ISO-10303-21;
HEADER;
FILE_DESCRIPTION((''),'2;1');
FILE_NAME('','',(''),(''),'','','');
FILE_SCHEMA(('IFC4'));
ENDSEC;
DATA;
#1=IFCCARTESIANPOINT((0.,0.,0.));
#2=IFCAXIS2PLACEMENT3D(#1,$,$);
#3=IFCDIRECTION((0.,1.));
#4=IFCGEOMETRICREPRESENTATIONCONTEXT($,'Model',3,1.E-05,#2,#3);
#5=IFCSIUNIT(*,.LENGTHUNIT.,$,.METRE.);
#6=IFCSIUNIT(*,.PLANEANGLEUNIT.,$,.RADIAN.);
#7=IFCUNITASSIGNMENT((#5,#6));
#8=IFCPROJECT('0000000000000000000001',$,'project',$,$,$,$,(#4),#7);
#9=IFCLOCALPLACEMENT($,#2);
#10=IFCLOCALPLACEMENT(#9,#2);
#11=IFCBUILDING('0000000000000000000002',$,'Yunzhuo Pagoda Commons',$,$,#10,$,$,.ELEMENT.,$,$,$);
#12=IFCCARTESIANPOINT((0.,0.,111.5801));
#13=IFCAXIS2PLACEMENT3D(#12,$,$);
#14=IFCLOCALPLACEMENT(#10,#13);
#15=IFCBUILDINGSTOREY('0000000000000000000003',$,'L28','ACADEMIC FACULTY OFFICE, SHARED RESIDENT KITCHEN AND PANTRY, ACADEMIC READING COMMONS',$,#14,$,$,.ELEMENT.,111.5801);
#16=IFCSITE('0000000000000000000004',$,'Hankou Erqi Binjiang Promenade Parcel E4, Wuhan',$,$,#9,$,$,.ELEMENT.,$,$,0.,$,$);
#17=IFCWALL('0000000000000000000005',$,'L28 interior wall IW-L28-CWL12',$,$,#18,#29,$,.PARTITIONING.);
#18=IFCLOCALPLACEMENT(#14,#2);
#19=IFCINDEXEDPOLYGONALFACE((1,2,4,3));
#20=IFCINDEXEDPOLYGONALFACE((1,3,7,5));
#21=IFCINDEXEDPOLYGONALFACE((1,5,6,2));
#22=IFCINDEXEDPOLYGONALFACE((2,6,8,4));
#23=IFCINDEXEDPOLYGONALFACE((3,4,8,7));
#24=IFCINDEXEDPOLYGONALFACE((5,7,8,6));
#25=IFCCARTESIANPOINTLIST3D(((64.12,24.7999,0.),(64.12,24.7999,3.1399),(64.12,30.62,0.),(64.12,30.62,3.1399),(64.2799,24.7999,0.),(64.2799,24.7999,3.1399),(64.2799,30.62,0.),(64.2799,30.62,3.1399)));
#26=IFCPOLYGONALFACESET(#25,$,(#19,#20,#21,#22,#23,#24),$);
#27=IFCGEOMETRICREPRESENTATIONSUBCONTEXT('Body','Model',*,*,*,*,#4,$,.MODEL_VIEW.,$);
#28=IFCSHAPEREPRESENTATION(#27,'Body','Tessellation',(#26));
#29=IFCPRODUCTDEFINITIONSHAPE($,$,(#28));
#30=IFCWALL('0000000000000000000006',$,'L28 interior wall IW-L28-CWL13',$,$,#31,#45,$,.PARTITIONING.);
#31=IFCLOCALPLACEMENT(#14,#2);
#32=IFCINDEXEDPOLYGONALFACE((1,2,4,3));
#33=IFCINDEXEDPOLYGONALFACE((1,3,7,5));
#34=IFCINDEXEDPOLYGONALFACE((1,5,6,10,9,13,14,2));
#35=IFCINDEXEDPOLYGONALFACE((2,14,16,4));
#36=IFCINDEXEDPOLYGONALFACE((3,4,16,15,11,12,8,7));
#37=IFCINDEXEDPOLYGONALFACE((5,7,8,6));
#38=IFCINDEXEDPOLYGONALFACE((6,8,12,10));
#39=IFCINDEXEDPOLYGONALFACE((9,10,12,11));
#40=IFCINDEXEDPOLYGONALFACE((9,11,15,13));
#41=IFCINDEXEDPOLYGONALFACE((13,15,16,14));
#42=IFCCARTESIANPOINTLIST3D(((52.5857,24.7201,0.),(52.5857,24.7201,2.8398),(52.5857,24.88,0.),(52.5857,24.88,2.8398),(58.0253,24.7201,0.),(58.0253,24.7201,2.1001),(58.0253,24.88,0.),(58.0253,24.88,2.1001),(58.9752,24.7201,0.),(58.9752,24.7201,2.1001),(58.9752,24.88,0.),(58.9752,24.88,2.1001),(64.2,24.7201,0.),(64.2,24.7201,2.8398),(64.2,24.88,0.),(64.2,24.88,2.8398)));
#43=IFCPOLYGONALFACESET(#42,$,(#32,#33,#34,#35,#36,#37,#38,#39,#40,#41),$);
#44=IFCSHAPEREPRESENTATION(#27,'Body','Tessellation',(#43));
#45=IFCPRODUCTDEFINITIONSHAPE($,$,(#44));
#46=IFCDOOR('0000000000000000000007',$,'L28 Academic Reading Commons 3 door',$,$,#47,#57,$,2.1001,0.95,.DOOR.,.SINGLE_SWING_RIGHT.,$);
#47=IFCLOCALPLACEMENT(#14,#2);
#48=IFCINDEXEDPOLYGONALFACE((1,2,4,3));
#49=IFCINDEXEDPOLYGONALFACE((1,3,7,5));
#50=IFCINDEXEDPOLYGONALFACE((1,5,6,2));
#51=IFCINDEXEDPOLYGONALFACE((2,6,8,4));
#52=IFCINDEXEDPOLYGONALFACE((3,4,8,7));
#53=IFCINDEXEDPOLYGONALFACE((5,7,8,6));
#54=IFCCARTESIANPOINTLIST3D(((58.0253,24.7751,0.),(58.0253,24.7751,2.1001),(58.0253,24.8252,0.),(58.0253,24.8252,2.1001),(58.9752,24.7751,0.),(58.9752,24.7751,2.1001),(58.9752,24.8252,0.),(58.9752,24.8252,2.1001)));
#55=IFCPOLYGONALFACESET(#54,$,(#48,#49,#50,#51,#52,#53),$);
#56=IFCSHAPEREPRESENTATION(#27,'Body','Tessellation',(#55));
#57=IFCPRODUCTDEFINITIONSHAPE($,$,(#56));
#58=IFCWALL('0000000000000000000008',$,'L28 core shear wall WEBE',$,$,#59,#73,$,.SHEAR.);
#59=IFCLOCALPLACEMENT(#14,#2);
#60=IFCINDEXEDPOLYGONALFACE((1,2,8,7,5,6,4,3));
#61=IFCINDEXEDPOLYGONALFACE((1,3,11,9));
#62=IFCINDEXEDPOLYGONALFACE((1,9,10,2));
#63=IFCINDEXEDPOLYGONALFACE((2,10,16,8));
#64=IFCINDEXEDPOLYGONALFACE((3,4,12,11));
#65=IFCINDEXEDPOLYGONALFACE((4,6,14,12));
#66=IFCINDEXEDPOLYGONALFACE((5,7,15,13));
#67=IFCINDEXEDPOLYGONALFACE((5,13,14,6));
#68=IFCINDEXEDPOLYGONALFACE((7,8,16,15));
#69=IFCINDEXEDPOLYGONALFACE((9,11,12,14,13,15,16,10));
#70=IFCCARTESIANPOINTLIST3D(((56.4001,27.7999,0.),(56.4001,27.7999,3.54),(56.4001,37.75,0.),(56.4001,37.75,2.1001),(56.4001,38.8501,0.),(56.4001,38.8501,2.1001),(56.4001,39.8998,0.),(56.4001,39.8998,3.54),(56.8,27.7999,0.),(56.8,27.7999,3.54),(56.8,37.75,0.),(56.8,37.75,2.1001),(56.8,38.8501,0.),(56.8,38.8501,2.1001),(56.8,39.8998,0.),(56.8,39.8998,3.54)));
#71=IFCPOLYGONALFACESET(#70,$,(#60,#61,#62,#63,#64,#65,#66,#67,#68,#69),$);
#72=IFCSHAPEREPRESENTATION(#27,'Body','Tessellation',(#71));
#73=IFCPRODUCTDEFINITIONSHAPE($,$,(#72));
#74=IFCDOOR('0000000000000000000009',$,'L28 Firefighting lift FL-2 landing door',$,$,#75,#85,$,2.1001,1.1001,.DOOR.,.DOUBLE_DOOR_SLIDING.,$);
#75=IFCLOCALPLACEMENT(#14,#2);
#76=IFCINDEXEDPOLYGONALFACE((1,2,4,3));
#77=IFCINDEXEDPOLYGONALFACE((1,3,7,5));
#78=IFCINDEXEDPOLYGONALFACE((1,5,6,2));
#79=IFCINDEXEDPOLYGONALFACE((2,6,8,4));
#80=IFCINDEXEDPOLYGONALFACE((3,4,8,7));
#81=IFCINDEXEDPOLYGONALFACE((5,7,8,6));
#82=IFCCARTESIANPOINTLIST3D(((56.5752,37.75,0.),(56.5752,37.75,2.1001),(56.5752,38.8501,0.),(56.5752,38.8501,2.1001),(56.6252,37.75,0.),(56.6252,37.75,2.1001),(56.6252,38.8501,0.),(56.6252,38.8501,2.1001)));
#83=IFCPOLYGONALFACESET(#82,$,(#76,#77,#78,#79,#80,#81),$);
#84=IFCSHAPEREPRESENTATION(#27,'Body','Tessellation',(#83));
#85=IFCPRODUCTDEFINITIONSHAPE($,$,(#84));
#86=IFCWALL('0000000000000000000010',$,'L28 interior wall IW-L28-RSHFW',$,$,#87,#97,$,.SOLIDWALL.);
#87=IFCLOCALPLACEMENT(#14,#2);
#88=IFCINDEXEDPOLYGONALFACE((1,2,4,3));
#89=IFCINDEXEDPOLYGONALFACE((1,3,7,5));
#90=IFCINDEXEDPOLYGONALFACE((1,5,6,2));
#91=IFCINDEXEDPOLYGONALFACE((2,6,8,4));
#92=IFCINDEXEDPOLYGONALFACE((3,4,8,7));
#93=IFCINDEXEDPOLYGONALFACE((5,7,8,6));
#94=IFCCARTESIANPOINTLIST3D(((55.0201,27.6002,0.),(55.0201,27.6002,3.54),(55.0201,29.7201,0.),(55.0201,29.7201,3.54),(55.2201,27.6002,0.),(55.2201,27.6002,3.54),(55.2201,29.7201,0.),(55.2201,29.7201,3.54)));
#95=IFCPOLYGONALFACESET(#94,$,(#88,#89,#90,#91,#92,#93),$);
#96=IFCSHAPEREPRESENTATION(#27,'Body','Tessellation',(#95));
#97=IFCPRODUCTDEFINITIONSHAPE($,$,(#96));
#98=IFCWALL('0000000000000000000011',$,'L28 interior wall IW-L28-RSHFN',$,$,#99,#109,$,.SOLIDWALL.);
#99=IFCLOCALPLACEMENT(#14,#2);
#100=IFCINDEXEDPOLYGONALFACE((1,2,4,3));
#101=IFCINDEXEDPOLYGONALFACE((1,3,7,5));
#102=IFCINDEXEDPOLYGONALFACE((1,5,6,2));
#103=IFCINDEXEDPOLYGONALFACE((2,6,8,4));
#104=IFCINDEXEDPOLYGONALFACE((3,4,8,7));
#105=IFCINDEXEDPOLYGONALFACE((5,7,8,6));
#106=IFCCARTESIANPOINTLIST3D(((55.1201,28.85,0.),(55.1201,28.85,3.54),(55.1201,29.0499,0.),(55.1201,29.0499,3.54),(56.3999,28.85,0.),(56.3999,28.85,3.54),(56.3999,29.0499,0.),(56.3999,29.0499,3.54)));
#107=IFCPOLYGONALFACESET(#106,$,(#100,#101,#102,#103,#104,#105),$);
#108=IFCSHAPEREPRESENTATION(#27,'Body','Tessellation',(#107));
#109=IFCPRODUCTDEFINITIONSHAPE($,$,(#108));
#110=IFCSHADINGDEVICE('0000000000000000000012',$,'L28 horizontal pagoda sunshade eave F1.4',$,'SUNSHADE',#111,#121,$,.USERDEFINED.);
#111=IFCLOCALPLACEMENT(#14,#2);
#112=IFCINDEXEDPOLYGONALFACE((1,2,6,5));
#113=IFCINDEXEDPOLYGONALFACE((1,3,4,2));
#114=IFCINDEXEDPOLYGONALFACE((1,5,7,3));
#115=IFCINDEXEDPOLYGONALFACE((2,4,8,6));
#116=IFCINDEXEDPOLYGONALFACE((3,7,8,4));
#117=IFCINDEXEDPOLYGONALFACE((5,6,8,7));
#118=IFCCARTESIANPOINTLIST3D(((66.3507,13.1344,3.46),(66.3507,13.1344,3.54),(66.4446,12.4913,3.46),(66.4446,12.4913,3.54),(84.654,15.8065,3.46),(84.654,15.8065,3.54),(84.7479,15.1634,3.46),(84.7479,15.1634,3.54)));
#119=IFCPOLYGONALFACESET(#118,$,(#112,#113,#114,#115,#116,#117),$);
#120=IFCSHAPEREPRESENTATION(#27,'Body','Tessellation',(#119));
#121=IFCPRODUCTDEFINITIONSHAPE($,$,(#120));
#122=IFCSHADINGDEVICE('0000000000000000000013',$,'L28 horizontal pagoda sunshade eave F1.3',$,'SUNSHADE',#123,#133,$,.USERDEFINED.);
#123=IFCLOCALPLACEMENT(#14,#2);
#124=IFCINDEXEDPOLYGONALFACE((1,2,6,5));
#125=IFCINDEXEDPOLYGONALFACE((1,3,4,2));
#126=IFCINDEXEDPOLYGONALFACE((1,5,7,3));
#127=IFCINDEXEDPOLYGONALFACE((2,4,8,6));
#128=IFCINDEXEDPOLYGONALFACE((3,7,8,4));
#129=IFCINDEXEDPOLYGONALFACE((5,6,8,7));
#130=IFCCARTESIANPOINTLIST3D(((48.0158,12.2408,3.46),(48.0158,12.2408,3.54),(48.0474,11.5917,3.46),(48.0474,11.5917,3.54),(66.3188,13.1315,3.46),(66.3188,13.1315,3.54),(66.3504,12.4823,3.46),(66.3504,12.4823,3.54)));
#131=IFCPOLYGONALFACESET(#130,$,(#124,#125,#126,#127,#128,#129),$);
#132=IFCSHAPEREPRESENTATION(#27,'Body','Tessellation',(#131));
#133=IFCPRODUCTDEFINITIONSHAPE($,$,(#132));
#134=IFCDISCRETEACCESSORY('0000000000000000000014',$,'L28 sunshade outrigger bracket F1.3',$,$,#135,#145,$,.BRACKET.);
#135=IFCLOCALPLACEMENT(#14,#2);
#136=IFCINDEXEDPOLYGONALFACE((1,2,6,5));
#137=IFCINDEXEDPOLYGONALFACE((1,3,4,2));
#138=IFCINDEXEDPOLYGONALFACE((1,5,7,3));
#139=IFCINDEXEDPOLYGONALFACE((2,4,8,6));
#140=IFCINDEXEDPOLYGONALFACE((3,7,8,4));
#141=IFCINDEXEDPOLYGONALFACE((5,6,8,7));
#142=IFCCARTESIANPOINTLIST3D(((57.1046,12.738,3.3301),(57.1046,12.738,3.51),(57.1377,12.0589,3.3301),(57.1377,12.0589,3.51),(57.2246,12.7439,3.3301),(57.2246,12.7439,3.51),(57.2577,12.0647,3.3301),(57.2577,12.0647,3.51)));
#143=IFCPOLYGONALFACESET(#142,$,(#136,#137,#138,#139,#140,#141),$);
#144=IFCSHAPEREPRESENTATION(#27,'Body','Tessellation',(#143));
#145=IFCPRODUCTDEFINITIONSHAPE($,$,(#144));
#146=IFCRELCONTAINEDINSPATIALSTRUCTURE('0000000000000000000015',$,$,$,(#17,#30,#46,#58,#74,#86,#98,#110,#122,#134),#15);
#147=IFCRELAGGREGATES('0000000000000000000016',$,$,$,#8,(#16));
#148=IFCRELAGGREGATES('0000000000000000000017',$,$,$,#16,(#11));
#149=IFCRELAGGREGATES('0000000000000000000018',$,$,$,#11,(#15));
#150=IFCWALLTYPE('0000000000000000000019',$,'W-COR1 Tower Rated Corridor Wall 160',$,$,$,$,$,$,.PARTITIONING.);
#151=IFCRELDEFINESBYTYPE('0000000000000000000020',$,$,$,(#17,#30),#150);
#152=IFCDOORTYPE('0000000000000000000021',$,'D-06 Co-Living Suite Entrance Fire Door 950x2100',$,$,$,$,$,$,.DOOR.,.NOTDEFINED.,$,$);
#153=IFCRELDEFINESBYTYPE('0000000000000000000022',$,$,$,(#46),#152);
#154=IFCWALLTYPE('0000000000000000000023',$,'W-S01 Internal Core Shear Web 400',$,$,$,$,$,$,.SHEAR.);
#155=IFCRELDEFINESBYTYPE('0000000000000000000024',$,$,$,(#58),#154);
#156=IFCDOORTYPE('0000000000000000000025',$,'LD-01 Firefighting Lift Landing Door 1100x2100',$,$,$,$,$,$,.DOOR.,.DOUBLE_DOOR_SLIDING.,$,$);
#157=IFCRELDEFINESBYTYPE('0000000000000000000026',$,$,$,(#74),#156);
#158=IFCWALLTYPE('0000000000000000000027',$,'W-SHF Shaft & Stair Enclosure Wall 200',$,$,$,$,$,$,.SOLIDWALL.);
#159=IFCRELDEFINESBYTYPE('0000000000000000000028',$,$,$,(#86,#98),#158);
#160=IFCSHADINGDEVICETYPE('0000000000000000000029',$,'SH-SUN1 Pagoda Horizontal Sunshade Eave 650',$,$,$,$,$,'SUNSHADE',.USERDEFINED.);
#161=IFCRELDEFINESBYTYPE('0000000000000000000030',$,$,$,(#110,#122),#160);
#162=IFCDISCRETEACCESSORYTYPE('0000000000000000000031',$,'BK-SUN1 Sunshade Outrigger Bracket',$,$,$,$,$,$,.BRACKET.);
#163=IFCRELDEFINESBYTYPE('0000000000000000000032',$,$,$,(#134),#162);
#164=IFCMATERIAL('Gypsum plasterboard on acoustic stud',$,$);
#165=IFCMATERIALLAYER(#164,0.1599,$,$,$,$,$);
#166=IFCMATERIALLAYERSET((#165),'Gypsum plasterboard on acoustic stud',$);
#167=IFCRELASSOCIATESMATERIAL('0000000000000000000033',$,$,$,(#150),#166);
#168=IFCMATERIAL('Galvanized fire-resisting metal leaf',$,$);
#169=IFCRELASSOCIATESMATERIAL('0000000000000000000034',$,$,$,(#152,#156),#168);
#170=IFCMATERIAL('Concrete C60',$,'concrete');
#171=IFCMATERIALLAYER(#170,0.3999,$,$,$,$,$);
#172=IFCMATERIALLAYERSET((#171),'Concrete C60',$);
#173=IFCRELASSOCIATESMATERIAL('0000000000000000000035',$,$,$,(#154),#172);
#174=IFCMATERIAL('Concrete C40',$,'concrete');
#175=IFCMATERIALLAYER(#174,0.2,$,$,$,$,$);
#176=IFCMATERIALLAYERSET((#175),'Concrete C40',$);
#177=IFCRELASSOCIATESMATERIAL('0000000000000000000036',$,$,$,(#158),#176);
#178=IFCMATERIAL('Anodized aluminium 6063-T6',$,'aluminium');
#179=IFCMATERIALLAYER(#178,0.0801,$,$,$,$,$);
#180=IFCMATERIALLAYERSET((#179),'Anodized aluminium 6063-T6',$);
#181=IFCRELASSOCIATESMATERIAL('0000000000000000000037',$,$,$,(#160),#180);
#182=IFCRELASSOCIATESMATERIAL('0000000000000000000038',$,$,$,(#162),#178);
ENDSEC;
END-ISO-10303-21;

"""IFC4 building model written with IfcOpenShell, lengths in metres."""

from ifc_helpers import new_model, si_unit, direction, frame, frame_2d, origin, origin_with_axes, origin_2d, place, context, subcontext, project, spatial, rectangle, extrude, source, transform, mapped, material, layer, layer_set, type_object, element, fill, save


model = new_model("IFC4")

# Units and contexts
model_context = context("Model", 3, precision=1e-05, world=origin(), true_north=direction((0.0, 1.0)))
body_context = subcontext(model_context, "Body", "Model", "MODEL_VIEW")
ifc_project = project(units=[si_unit("LENGTHUNIT", "METRE"), si_unit("PLANEANGLEUNIT", "RADIAN")], contexts=[model_context])

# Site, building, storey
site_placement = place(None, origin())
site = spatial("IfcSite", under=ifc_project, at=site_placement, Name="Hankou Erqi Binjiang Promenade Parcel E4, Wuhan", CompositionType="ELEMENT", RefElevation=0.0)
building_placement = place(site_placement, origin())
building = spatial("IfcBuilding", under=site, at=building_placement, Name="Yunzhuo Pagoda Commons", CompositionType="ELEMENT")
storey_placement = place(building_placement, frame((0.0, 0.0, 111.5801)))
storey = spatial("IfcBuildingStorey", under=building, at=storey_placement, Name="L28", Description="ACADEMIC FACULTY OFFICE, SHARED RESIDENT KITCHEN AND PANTRY, ACADEMIC READING COMMONS", CompositionType="ELEMENT", Elevation=111.5801)

# Shared definitions
ifc_material_1 = material(Name="Anodized aluminium 6063-T6", Category="aluminium")

# Wall
ifc_material_2 = material(Name="Concrete C60", Category="concrete")
ifc_material_3 = material(Name="Gypsum plasterboard on acoustic stud")
ifc_layer_1 = layer(ifc_material_3, 0.1599)
ifc_layer_set_1 = layer_set([ifc_layer_1], Name="Gypsum plasterboard on acoustic stud")
wall_type_1 = type_object("IfcWallType", Name="W-COR1 Tower Rated Corridor Wall 160", PredefinedType="PARTITIONING", material=ifc_layer_set_1)
wall_1_placement = place(storey_placement, frame((64.2, 30.6201, 0.0), z_axis=(0.0, 0.0, 1.0), x_axis=(0.0, -1.0, 0.0)))
element("IfcWall", 1, at=wall_1_placement, inside=storey, type_object=wall_type_1, Name="L28 interior wall IW-L28-CWL12", PredefinedType="PARTITIONING", context=body_context, shape_type="SweptSolid", body=[
    extrude(rectangle(XDim=5.8201, YDim=0.1599, at=frame_2d((2.9102, 0.0))), origin(), (0.0, 0.0, 1.0), 3.1399),
])

# Walls, openings, doors
wall_2_placement = place(storey_placement, frame((64.2, 24.8, 0.0), z_axis=(0.0, 0.0, 1.0), x_axis=(-1.0, 0.0, 0.0)))
wall_2 = element("IfcWall", 2, at=wall_2_placement, inside=storey, type_object=wall_type_1, Name="L28 interior wall IW-L28-CWL13", PredefinedType="PARTITIONING", context=body_context, shape_type="SweptSolid", body=[
    extrude(rectangle(XDim=11.6143, YDim=0.1599, at=frame_2d((5.8071, 0.0))), origin(), (0.0, 0.0, 1.0), 2.8398),
])
opening_1_placement = place(wall_2_placement, frame((5.2246, 0.0, 0.0)))
opening_1 = element("IfcOpeningElement", 3, at=opening_1_placement, cuts=wall_2, PredefinedType="OPENING", context=body_context, shape_type="SweptSolid", body=[
    extrude(rectangle(XDim=0.95, YDim=2.1001, at=frame_2d((0.4751, 1.05))), frame((0.0, 0.0898, 0.0), z_axis=(0.0, -1.0, 0.0), x_axis=(1.0, 0.0, 0.0)), (0.0, 0.0, 1.0), 0.1799),
])
ifc_material_4 = material(Name="Galvanized fire-resisting metal leaf")
door_type_1 = type_object("IfcDoorType", Name="D-06 Co-Living Suite Entrance Fire Door 950x2100", OperationType="NOTDEFINED", PredefinedType="DOOR", material=ifc_material_4)
shared_shape_1 = source(origin(), body_context, "Body", "SweptSolid", [
    extrude(rectangle(XDim=0.95, YDim=2.1001, at=frame_2d((0.4751, 1.05))), frame((0.0, 0.0249, 0.0), z_axis=(0.0, -1.0, 0.0), x_axis=(1.0, 0.0, 0.0)), (0.0, 0.0, 1.0), 0.05),
])
door_1_placement = place(opening_1_placement, origin_with_axes())
door_1 = element("IfcDoor", 4, at=door_1_placement, inside=storey, type_object=door_type_1, Name="L28 Academic Reading Commons 3 door", OperationType="SINGLE_SWING_RIGHT", OverallHeight=2.1001, OverallWidth=0.95, PredefinedType="DOOR", context=body_context, shape_type="MappedRepresentation", body=[
    mapped(shared_shape_1, transform((0.0, 0.0, 0.0), scale=1.0)),
])
fill(opening_1, door_1)
ifc_layer_2 = layer(ifc_material_2, 0.3999)
ifc_layer_set_2 = layer_set([ifc_layer_2], Name="Concrete C60")
wall_type_2 = type_object("IfcWallType", Name="W-S01 Internal Core Shear Web 400", PredefinedType="SHEAR", material=ifc_layer_set_2)
wall_3_placement = place(storey_placement, frame((56.6001, 27.8, 0.0), z_axis=(0.0, 0.0, 1.0), x_axis=(0.0, 1.0, 0.0)))
wall_3 = element("IfcWall", 5, at=wall_3_placement, inside=storey, type_object=wall_type_2, Name="L28 core shear wall WEBE", PredefinedType="SHEAR", context=body_context, shape_type="SweptSolid", body=[
    extrude(rectangle(XDim=12.0999, YDim=0.3999, at=frame_2d((6.0498, 0.0))), origin(), (0.0, 0.0, 1.0), 3.54),
])
opening_2_placement = place(wall_3_placement, frame((9.95, 0.0, 0.0)))
opening_2 = element("IfcOpeningElement", 6, at=opening_2_placement, cuts=wall_3, PredefinedType="OPENING", context=body_context, shape_type="SweptSolid", body=[
    extrude(rectangle(XDim=1.1001, YDim=2.1001, at=frame_2d((0.55, 1.05))), frame((0.0, 0.21, 0.0), z_axis=(0.0, -1.0, 0.0), x_axis=(1.0, 0.0, 0.0)), (0.0, 0.0, 1.0), 0.4199),
])
door_type_2 = type_object("IfcDoorType", Name="LD-01 Firefighting Lift Landing Door 1100x2100", OperationType="DOUBLE_DOOR_SLIDING", PredefinedType="DOOR", material=ifc_material_4)
shared_shape_2 = source(origin(), body_context, "Body", "SweptSolid", [
    extrude(rectangle(XDim=1.1001, YDim=2.1001, at=frame_2d((0.55, 1.05))), frame((0.0, 0.0249, 0.0), z_axis=(0.0, -1.0, 0.0), x_axis=(1.0, 0.0, 0.0)), (0.0, 0.0, 1.0), 0.05),
])
door_2_placement = place(opening_2_placement, origin_with_axes())
door_2 = element("IfcDoor", 7, at=door_2_placement, inside=storey, type_object=door_type_2, Name="L28 Firefighting lift FL-2 landing door", OperationType="DOUBLE_DOOR_SLIDING", OverallHeight=2.1001, OverallWidth=1.1001, PredefinedType="DOOR", context=body_context, shape_type="MappedRepresentation", body=[
    mapped(shared_shape_2, transform((0.0, 0.0, 0.0), scale=1.0)),
])
fill(opening_2, door_2)

# Walls
ifc_material_5 = material(Name="Concrete C40", Category="concrete")
ifc_layer_3 = layer(ifc_material_5, 0.2)
ifc_layer_set_3 = layer_set([ifc_layer_3], Name="Concrete C40")
wall_type_3 = type_object("IfcWallType", Name="W-SHF Shaft & Stair Enclosure Wall 200", PredefinedType="SOLIDWALL", material=ifc_layer_set_3)
wall_4_placement = place(storey_placement, frame((55.1201, 27.6001, 0.0), z_axis=(0.0, 0.0, 1.0), x_axis=(0.0, 1.0, 0.0)))
element("IfcWall", 8, at=wall_4_placement, inside=storey, type_object=wall_type_3, Name="L28 interior wall IW-L28-RSHFW", PredefinedType="SOLIDWALL", context=body_context, shape_type="SweptSolid", body=[
    extrude(rectangle(XDim=2.1199, YDim=0.2, at=frame_2d((1.0601, 0.0))), origin(), (0.0, 0.0, 1.0), 3.54),
])
wall_5_placement = place(storey_placement, frame((55.1201, 28.95, 0.0), z_axis=(0.0, 0.0, 1.0), x_axis=(1.0, 0.0, 0.0)))
element("IfcWall", 9, at=wall_5_placement, inside=storey, type_object=wall_type_3, Name="L28 interior wall IW-L28-RSHFN", PredefinedType="SOLIDWALL", context=body_context, shape_type="SweptSolid", body=[
    extrude(rectangle(XDim=1.2798, YDim=0.2, at=frame_2d((0.6399, 0.0))), origin(), (0.0, 0.0, 1.0), 3.54),
])

# Shading devices
ifc_layer_4 = layer(ifc_material_1, 0.0801)
ifc_layer_set_4 = layer_set([ifc_layer_4], Name="Anodized aluminium 6063-T6")
shading_device_type = type_object("IfcShadingDeviceType", Name="SH-SUN1 Pagoda Horizontal Sunshade Eave 650", ElementType="SUNSHADE", PredefinedType="USERDEFINED", material=ifc_layer_set_4)
shared_shape_3 = source(origin(), body_context, "Body", "SweptSolid", [
    extrude(rectangle(XDim=18.4973, YDim=0.6499, at=origin_2d()), origin(), (0.0, 0.0, 1.0), 0.0801),
])
shading_device_1_placement = place(storey_placement, frame((75.5493, 14.1489, 3.46), z_axis=(0.0, 0.0, 1.0), x_axis=(0.989511, 0.14446, 0.0)))
element("IfcShadingDevice", 10, at=shading_device_1_placement, inside=storey, type_object=shading_device_type, Name="L28 horizontal pagoda sunshade eave F1.4", ObjectType="SUNSHADE", PredefinedType="USERDEFINED", context=body_context, shape_type="MappedRepresentation", body=[
    mapped(shared_shape_3, transform((0.0, 0.0, 0.0), scale=1.0)),
])
shared_shape_4 = source(origin(), body_context, "Body", "SweptSolid", [
    extrude(rectangle(XDim=18.3247, YDim=0.6499, at=origin_2d()), origin(), (0.0, 0.0, 1.0), 0.0801),
])
shading_device_2_placement = place(storey_placement, frame((57.1831, 12.3616, 3.46), z_axis=(0.0, 0.0, 1.0), x_axis=(0.998818, 0.048606, 0.0)))
element("IfcShadingDevice", 11, at=shading_device_2_placement, inside=storey, type_object=shading_device_type, Name="L28 horizontal pagoda sunshade eave F1.3", ObjectType="SUNSHADE", PredefinedType="USERDEFINED", context=body_context, shape_type="MappedRepresentation", body=[
    mapped(shared_shape_4, transform((0.0, 0.0, 0.0), scale=1.0)),
])

# Discrete accessory
discrete_accessory_type = type_object("IfcDiscreteAccessoryType", Name="BK-SUN1 Sunshade Outrigger Bracket", PredefinedType="BRACKET", material=ifc_material_1)
shared_shape_5 = source(origin(), body_context, "Body", "SweptSolid", [
    extrude(rectangle(XDim=0.1201, YDim=0.6799, at=origin_2d()), origin(), (0.0, 0.0, 1.0), 0.1799),
])
discrete_accessory_placement = place(storey_placement, frame((57.1812, 12.4014, 3.3301), z_axis=(0.0, 0.0, 1.0), x_axis=(0.998818, 0.048606, 0.0)))
element("IfcDiscreteAccessory", 12, at=discrete_accessory_placement, inside=storey, type_object=discrete_accessory_type, Name="L28 sunshade outrigger bracket F1.3", PredefinedType="BRACKET", context=body_context, shape_type="MappedRepresentation", body=[
    mapped(shared_shape_5, transform((0.0, 0.0, 0.0), scale=1.0)),
])

save(model, "model.ifc")
